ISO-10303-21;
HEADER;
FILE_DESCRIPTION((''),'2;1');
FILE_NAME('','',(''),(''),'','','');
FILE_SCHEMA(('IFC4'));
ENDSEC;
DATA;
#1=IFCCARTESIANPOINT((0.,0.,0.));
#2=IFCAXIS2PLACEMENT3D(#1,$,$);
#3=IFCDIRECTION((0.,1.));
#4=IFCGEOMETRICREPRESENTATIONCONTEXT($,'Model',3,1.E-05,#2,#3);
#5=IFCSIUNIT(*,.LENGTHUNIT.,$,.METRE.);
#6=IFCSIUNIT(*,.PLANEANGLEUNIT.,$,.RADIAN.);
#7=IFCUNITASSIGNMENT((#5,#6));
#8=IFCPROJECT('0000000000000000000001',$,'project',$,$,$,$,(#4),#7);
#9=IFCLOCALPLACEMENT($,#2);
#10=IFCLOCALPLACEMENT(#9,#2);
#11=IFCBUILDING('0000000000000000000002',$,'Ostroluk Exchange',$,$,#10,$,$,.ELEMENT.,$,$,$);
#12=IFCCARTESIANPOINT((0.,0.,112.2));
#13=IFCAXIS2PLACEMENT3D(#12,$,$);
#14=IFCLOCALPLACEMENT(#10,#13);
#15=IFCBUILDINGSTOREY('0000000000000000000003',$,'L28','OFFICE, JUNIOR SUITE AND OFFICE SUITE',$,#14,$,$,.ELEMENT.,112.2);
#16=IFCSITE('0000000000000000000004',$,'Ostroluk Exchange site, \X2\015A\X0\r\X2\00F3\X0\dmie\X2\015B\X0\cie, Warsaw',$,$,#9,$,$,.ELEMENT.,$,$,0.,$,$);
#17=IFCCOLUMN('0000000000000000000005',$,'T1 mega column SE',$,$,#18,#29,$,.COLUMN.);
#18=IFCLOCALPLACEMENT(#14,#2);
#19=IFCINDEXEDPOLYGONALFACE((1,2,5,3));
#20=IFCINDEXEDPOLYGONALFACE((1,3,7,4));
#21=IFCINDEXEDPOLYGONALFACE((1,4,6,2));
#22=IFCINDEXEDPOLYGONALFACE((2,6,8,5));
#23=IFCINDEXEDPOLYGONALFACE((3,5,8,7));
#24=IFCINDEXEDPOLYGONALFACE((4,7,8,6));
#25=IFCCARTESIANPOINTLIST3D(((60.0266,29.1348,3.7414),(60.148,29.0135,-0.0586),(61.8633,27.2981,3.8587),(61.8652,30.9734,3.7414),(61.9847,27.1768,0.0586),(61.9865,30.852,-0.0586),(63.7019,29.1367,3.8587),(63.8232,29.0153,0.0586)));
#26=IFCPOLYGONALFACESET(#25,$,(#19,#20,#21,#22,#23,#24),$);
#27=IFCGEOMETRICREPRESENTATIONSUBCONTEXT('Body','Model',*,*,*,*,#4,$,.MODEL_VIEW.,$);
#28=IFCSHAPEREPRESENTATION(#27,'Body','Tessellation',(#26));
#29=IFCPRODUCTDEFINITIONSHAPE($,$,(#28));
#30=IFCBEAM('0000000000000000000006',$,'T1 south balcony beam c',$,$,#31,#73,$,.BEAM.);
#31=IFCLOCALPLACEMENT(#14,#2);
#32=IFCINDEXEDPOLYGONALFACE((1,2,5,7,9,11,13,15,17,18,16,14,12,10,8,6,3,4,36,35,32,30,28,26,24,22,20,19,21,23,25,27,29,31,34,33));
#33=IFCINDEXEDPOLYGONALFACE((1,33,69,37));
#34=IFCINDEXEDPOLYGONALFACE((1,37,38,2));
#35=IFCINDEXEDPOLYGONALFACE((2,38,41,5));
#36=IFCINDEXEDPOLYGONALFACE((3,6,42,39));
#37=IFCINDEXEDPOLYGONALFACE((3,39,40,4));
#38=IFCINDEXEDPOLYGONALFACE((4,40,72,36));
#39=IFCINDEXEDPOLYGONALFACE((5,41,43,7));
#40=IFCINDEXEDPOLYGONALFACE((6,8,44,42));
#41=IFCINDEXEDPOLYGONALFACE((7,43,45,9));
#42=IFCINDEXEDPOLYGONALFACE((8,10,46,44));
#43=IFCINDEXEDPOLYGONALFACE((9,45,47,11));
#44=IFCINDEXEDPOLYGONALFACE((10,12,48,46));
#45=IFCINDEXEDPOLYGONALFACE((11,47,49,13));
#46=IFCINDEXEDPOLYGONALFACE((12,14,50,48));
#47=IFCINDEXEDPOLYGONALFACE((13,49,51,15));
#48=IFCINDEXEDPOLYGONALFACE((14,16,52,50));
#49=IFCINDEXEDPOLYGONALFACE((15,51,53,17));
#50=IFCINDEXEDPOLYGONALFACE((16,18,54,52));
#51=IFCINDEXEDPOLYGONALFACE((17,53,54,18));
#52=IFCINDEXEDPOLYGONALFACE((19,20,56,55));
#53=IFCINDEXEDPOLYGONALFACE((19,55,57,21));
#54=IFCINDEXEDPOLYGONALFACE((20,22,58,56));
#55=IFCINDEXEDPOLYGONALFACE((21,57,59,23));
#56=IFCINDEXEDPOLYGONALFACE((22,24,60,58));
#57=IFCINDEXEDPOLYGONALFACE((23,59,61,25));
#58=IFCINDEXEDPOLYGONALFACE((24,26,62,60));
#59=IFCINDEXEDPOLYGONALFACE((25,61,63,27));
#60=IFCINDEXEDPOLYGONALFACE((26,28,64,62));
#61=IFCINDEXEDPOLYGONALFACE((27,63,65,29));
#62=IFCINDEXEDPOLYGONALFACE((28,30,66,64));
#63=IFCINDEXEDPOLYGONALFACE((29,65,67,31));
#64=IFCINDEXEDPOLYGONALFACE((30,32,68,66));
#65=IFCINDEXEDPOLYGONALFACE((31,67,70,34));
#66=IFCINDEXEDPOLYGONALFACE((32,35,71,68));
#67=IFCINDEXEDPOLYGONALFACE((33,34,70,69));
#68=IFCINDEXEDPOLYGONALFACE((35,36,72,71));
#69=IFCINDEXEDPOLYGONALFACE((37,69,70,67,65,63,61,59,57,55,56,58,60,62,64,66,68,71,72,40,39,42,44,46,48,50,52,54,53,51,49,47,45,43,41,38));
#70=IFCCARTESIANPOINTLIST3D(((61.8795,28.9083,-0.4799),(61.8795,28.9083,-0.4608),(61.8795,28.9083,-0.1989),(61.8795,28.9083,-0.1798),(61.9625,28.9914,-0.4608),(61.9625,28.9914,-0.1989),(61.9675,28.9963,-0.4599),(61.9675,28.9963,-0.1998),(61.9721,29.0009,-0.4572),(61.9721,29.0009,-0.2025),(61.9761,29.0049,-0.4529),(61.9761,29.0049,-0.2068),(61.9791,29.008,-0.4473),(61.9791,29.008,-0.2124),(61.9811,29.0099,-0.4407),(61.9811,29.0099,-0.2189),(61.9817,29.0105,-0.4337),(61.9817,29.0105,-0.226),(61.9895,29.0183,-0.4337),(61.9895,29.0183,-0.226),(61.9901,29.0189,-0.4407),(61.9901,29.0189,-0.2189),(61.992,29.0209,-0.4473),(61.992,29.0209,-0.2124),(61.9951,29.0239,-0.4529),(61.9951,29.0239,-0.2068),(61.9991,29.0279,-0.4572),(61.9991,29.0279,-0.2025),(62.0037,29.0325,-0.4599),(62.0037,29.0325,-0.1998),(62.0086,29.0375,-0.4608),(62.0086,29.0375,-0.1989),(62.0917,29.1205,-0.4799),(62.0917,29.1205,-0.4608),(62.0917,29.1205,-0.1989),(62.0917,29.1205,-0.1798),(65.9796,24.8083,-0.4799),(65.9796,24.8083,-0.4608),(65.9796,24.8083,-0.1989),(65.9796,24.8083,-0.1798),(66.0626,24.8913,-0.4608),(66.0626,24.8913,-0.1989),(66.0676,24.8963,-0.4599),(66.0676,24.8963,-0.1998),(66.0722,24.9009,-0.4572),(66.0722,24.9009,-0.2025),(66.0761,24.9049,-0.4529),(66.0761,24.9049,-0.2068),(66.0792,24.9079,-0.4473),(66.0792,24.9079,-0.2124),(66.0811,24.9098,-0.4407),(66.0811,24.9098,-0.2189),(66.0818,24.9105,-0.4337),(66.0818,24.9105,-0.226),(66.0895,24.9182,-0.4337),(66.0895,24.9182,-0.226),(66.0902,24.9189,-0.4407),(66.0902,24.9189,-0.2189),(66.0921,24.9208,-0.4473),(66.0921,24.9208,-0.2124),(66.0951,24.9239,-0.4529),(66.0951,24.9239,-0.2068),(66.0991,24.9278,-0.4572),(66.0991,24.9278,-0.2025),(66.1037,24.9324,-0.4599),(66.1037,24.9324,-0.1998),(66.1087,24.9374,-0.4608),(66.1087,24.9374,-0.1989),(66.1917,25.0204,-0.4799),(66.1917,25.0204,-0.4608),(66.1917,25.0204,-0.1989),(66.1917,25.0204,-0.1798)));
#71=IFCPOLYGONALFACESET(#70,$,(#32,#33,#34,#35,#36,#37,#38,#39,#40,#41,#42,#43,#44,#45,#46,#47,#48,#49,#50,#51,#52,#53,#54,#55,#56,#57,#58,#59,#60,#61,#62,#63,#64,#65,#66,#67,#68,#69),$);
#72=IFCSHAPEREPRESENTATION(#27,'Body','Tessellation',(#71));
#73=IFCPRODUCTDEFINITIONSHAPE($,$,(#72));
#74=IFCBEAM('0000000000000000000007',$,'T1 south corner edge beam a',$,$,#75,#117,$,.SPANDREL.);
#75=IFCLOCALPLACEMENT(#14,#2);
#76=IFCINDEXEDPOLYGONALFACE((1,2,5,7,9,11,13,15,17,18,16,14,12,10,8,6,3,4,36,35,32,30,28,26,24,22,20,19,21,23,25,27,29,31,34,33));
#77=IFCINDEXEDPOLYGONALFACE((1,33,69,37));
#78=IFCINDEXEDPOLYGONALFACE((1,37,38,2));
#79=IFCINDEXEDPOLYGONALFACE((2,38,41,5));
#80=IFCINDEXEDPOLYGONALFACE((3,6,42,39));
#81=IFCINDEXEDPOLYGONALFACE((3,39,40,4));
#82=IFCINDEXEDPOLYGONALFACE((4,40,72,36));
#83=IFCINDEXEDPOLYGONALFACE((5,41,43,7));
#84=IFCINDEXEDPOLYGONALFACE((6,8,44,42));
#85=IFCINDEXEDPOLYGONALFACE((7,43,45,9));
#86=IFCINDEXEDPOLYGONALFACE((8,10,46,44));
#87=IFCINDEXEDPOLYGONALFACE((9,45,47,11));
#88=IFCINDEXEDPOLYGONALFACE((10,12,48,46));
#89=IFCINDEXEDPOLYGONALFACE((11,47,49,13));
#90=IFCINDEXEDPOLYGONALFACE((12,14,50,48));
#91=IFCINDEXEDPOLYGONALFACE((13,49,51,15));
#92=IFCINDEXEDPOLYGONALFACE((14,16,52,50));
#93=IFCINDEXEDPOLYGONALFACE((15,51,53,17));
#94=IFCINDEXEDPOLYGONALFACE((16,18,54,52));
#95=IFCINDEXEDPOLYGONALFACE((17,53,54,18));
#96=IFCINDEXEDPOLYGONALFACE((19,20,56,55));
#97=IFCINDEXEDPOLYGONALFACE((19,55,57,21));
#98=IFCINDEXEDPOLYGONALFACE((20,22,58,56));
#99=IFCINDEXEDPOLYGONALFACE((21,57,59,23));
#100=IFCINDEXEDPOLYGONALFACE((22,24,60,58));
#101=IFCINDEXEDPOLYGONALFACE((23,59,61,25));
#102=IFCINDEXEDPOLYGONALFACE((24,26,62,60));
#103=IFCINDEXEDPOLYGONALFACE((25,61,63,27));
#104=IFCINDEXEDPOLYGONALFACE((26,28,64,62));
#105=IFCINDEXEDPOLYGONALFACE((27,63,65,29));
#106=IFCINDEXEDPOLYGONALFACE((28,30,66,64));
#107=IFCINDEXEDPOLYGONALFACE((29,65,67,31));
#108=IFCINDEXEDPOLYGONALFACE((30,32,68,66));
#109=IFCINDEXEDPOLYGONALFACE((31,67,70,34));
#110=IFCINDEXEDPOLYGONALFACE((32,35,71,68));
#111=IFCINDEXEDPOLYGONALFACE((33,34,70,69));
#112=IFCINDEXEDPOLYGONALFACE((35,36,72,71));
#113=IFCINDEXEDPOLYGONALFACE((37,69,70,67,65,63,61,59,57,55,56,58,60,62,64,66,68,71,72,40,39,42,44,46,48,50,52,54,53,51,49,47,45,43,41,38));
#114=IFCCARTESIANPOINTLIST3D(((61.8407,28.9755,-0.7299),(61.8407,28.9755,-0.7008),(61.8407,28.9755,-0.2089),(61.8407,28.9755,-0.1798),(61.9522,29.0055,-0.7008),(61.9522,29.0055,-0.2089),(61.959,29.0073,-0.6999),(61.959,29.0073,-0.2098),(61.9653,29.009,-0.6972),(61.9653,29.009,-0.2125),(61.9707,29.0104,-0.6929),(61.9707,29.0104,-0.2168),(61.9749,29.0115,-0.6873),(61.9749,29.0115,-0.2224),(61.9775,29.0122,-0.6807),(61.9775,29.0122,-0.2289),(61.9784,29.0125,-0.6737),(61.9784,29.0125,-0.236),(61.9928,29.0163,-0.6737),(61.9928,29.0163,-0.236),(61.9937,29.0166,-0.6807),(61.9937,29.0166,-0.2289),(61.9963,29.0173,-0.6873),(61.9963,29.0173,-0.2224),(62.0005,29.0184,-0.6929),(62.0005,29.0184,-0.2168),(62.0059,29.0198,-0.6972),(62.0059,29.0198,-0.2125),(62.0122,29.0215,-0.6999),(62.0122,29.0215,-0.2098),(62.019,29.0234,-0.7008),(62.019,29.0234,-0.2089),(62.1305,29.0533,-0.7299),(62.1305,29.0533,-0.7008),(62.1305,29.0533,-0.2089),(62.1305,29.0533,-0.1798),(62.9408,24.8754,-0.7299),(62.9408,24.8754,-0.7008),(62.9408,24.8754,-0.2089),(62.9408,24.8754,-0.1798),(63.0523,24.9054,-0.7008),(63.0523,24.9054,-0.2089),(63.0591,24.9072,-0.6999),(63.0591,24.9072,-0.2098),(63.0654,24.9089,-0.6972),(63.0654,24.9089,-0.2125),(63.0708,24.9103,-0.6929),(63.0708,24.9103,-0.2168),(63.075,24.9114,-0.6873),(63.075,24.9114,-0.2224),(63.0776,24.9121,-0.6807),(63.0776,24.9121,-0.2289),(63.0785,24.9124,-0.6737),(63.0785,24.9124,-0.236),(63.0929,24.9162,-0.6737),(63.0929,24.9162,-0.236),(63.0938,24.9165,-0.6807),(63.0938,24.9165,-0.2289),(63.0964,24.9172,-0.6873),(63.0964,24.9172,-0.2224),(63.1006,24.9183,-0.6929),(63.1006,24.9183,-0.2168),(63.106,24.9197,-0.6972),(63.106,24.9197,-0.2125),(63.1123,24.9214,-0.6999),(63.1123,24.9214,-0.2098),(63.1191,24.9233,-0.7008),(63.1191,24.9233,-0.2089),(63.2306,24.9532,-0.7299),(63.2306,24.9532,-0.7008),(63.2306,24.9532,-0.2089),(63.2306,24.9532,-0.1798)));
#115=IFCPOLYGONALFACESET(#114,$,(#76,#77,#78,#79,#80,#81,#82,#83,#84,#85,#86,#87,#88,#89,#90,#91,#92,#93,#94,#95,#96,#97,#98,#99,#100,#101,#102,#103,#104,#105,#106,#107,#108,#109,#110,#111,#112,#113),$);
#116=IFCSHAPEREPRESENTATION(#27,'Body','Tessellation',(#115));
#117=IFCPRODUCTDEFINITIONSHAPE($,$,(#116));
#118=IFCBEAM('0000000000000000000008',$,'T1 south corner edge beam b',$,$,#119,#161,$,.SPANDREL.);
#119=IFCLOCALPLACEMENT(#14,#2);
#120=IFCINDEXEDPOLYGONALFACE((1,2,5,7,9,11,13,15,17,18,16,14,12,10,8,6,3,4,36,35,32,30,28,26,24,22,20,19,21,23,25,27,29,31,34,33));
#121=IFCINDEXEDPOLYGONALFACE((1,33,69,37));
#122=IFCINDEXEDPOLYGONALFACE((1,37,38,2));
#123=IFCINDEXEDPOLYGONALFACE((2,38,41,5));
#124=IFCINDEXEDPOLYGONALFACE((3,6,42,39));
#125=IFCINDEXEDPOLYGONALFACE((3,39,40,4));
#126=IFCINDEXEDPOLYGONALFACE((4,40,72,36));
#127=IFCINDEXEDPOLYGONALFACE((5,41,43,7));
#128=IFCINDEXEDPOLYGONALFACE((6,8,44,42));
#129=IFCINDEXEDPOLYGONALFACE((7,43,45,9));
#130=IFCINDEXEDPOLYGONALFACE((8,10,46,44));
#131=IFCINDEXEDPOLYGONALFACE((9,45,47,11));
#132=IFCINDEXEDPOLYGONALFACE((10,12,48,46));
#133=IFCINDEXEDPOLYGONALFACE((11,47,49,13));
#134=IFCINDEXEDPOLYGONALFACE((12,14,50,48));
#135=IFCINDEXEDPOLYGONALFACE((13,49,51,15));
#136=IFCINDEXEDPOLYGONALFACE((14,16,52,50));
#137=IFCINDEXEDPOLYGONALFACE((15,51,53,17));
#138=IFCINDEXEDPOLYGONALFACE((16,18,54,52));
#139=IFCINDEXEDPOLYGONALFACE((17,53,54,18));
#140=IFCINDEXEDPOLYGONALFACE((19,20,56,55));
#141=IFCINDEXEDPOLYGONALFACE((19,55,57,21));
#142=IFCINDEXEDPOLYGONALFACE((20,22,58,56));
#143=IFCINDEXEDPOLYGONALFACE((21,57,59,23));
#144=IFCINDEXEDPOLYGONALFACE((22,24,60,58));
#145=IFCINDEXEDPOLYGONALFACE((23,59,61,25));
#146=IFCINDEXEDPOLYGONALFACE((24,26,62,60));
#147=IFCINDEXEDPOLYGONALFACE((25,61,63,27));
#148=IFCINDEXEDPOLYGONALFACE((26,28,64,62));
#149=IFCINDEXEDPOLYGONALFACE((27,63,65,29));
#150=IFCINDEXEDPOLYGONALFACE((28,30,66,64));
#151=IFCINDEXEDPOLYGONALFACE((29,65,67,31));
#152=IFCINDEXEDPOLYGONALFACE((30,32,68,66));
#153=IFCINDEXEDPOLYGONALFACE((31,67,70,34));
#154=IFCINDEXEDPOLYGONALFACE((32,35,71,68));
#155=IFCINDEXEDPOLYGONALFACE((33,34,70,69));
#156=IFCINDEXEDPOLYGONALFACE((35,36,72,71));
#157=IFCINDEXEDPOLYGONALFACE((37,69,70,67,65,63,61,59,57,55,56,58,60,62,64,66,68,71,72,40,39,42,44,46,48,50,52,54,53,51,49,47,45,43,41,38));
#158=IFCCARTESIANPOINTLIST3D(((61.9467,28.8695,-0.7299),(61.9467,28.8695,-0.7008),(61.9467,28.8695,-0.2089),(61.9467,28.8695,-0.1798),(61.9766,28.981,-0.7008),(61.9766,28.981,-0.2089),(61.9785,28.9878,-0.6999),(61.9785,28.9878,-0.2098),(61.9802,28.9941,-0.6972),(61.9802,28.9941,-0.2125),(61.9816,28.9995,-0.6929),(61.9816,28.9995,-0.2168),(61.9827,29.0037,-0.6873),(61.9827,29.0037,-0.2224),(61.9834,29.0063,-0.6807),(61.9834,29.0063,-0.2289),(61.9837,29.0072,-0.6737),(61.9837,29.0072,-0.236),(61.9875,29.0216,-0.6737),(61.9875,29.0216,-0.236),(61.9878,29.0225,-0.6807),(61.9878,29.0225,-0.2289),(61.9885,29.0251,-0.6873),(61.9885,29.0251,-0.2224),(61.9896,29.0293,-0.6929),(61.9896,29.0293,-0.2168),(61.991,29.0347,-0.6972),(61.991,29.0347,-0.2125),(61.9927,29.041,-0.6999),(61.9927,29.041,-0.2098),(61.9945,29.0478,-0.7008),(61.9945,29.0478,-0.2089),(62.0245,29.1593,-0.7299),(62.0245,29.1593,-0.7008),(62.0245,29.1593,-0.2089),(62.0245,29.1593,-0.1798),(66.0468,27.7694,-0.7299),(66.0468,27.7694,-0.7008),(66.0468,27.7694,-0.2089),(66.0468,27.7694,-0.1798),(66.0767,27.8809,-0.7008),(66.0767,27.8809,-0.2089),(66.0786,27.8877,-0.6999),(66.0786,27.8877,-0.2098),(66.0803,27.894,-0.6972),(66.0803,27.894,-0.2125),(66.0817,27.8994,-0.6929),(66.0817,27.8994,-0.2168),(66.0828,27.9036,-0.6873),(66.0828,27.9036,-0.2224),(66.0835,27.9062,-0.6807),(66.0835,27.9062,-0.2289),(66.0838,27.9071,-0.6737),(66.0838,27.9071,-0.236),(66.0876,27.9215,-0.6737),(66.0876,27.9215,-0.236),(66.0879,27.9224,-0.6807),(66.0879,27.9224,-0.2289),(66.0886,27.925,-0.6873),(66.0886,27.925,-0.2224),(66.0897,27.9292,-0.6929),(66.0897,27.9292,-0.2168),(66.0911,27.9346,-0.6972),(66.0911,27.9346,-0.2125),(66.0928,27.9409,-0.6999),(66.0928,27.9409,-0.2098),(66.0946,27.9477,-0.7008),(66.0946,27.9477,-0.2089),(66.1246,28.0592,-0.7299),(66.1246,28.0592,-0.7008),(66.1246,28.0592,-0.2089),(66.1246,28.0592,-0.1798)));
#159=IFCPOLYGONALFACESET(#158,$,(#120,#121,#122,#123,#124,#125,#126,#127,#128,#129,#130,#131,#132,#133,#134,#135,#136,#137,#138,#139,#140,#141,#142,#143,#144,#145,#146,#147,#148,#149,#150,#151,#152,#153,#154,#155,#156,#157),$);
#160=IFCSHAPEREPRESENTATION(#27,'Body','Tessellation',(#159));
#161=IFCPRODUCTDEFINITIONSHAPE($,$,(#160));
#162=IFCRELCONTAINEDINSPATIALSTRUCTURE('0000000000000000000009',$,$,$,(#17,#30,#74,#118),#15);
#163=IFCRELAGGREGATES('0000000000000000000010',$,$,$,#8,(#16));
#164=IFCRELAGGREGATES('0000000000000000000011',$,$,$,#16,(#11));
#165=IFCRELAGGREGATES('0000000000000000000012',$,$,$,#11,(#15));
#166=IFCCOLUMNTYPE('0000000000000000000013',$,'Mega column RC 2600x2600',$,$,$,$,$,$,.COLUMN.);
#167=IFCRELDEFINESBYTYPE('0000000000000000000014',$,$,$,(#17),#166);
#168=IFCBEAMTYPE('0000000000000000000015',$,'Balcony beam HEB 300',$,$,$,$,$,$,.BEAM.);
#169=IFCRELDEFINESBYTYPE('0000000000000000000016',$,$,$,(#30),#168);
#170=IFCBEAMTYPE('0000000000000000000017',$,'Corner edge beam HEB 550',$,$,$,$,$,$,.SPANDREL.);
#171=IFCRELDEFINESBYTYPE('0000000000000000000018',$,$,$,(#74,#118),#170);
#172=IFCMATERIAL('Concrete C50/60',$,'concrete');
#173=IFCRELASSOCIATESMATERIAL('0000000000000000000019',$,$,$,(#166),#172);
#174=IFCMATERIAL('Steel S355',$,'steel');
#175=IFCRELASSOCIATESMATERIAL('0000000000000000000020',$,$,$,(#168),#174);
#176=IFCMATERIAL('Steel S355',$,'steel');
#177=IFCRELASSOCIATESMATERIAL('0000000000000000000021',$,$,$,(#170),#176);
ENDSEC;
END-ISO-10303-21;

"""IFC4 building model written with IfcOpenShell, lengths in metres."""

from ifc_helpers import new_model, si_unit, direction, frame, origin, origin_2d, place, context, subcontext, project, spatial, rectangle, i_section, extrude, material, material_profile, profile_set, type_object, element, save


model = new_model("IFC4")

# Units and contexts
model_context = context("Model", 3, precision=1e-05, world=origin(), true_north=direction((0.0, 1.0)))
body_context = subcontext(model_context, "Body", "Model", "MODEL_VIEW")
ifc_project = project(units=[si_unit("LENGTHUNIT", "METRE"), si_unit("PLANEANGLEUNIT", "RADIAN")], contexts=[model_context])

# Site, building, storey
site_placement = place(None, origin())
site = spatial("IfcSite", under=ifc_project, at=site_placement, Name="Ostroluk Exchange site, Śródmieście, Warsaw", CompositionType="ELEMENT", RefElevation=0.0)
building_placement = place(site_placement, origin())
building = spatial("IfcBuilding", under=site, at=building_placement, Name="Ostroluk Exchange", CompositionType="ELEMENT")
storey_placement = place(building_placement, frame((0.0, 0.0, 112.2)))
storey = spatial("IfcBuildingStorey", under=building, at=storey_placement, Name="L28", Description="OFFICE, JUNIOR SUITE AND OFFICE SUITE", CompositionType="ELEMENT", Elevation=112.2)

# Column
ifc_material_1 = material(Name="Concrete C50/60", Category="concrete")
ifc_material_profile_1 = material_profile(ifc_material_1, rectangle(XDim=2.6001, YDim=2.6001, at=origin_2d()), Name="RC 2600x2600")
ifc_profile_set_1 = profile_set([ifc_material_profile_1], Name="Concrete C50/60")
column_type = type_object("IfcColumnType", Name="Mega column RC 2600x2600", PredefinedType="COLUMN", material=ifc_profile_set_1)
column_placement = place(storey_placement, frame((61.9856, 29.0144, 0.0), z_axis=(-0.031898, 0.031898, 0.998982), x_axis=(-0.707107, -0.707107, 0.0)))
element("IfcColumn", 1, at=column_placement, inside=storey, type_object=column_type, Name="T1 mega column SE", PredefinedType="COLUMN", context=body_context, shape_type="SweptSolid", body=[
    extrude(rectangle(XDim=2.6001, YDim=2.6001, at=origin_2d()), origin(), (0.0, 0.0, 1.0), 3.804),
])

# Beams
ifc_material_2 = material(Name="Steel S355", Category="steel")
ifc_material_profile_2 = material_profile(ifc_material_2, i_section(OverallWidth=0.3, OverallDepth=0.3, WebThickness=0.011, FlangeThickness=0.019, FilletRadius=0.0271, at=origin_2d()), Name="HEB 300")
ifc_profile_set_2 = profile_set([ifc_material_profile_2], Name="Steel S355")
beam_type_1 = type_object("IfcBeamType", Name="Balcony beam HEB 300", PredefinedType="BEAM", material=ifc_profile_set_2)
beam_1_placement = place(storey_placement, frame((61.9856, 29.0144, -0.3298), z_axis=(0.707107, -0.707107, 0.0), x_axis=(0.707107, 0.707107, 0.0)))
element("IfcBeam", 2, at=beam_1_placement, inside=storey, type_object=beam_type_1, Name="T1 south balcony beam c", PredefinedType="BEAM", context=body_context, shape_type="SweptSolid", body=[
    extrude(i_section(OverallWidth=0.3, OverallDepth=0.3, WebThickness=0.011, FlangeThickness=0.019, FilletRadius=0.0271, at=origin_2d()), origin(), (0.0, 0.0, 1.0), 5.7983),
])
ifc_material_3 = material(Name="Steel S355", Category="steel")
ifc_material_profile_3 = material_profile(ifc_material_3, i_section(OverallWidth=0.3, OverallDepth=0.55, WebThickness=0.0149, FlangeThickness=0.0291, FilletRadius=0.0271, at=origin_2d()), Name="HEB 550")
ifc_profile_set_3 = profile_set([ifc_material_profile_3], Name="Steel S355")
beam_type_2 = type_object("IfcBeamType", Name="Corner edge beam HEB 550", PredefinedType="SPANDREL", material=ifc_profile_set_3)
for number, where, z_axis, x_axis, name in (
    (3, (61.9856, 29.0144, -0.4548), (0.259144, -0.965839, 0.0), (0.965839, 0.259144, 0.0), "T1 south corner edge beam a"),
    (4, (61.9856, 29.0144, -0.4548), (0.965839, -0.259144, 0.0), (0.259144, 0.965839, 0.0), "T1 south corner edge beam b"),
):
    element("IfcBeam", number, at=place(storey_placement, frame(where, z_axis=z_axis, x_axis=x_axis)), inside=storey, type_object=beam_type_2, Name=name, PredefinedType="SPANDREL", context=body_context, shape_type="SweptSolid", body=[
        extrude(i_section(OverallWidth=0.3, OverallDepth=0.55, WebThickness=0.0149, FlangeThickness=0.0291, FilletRadius=0.0271, at=origin_2d()), origin(), (0.0, 0.0, 1.0), 4.2451),
    ])

save(model, "model.ifc")
